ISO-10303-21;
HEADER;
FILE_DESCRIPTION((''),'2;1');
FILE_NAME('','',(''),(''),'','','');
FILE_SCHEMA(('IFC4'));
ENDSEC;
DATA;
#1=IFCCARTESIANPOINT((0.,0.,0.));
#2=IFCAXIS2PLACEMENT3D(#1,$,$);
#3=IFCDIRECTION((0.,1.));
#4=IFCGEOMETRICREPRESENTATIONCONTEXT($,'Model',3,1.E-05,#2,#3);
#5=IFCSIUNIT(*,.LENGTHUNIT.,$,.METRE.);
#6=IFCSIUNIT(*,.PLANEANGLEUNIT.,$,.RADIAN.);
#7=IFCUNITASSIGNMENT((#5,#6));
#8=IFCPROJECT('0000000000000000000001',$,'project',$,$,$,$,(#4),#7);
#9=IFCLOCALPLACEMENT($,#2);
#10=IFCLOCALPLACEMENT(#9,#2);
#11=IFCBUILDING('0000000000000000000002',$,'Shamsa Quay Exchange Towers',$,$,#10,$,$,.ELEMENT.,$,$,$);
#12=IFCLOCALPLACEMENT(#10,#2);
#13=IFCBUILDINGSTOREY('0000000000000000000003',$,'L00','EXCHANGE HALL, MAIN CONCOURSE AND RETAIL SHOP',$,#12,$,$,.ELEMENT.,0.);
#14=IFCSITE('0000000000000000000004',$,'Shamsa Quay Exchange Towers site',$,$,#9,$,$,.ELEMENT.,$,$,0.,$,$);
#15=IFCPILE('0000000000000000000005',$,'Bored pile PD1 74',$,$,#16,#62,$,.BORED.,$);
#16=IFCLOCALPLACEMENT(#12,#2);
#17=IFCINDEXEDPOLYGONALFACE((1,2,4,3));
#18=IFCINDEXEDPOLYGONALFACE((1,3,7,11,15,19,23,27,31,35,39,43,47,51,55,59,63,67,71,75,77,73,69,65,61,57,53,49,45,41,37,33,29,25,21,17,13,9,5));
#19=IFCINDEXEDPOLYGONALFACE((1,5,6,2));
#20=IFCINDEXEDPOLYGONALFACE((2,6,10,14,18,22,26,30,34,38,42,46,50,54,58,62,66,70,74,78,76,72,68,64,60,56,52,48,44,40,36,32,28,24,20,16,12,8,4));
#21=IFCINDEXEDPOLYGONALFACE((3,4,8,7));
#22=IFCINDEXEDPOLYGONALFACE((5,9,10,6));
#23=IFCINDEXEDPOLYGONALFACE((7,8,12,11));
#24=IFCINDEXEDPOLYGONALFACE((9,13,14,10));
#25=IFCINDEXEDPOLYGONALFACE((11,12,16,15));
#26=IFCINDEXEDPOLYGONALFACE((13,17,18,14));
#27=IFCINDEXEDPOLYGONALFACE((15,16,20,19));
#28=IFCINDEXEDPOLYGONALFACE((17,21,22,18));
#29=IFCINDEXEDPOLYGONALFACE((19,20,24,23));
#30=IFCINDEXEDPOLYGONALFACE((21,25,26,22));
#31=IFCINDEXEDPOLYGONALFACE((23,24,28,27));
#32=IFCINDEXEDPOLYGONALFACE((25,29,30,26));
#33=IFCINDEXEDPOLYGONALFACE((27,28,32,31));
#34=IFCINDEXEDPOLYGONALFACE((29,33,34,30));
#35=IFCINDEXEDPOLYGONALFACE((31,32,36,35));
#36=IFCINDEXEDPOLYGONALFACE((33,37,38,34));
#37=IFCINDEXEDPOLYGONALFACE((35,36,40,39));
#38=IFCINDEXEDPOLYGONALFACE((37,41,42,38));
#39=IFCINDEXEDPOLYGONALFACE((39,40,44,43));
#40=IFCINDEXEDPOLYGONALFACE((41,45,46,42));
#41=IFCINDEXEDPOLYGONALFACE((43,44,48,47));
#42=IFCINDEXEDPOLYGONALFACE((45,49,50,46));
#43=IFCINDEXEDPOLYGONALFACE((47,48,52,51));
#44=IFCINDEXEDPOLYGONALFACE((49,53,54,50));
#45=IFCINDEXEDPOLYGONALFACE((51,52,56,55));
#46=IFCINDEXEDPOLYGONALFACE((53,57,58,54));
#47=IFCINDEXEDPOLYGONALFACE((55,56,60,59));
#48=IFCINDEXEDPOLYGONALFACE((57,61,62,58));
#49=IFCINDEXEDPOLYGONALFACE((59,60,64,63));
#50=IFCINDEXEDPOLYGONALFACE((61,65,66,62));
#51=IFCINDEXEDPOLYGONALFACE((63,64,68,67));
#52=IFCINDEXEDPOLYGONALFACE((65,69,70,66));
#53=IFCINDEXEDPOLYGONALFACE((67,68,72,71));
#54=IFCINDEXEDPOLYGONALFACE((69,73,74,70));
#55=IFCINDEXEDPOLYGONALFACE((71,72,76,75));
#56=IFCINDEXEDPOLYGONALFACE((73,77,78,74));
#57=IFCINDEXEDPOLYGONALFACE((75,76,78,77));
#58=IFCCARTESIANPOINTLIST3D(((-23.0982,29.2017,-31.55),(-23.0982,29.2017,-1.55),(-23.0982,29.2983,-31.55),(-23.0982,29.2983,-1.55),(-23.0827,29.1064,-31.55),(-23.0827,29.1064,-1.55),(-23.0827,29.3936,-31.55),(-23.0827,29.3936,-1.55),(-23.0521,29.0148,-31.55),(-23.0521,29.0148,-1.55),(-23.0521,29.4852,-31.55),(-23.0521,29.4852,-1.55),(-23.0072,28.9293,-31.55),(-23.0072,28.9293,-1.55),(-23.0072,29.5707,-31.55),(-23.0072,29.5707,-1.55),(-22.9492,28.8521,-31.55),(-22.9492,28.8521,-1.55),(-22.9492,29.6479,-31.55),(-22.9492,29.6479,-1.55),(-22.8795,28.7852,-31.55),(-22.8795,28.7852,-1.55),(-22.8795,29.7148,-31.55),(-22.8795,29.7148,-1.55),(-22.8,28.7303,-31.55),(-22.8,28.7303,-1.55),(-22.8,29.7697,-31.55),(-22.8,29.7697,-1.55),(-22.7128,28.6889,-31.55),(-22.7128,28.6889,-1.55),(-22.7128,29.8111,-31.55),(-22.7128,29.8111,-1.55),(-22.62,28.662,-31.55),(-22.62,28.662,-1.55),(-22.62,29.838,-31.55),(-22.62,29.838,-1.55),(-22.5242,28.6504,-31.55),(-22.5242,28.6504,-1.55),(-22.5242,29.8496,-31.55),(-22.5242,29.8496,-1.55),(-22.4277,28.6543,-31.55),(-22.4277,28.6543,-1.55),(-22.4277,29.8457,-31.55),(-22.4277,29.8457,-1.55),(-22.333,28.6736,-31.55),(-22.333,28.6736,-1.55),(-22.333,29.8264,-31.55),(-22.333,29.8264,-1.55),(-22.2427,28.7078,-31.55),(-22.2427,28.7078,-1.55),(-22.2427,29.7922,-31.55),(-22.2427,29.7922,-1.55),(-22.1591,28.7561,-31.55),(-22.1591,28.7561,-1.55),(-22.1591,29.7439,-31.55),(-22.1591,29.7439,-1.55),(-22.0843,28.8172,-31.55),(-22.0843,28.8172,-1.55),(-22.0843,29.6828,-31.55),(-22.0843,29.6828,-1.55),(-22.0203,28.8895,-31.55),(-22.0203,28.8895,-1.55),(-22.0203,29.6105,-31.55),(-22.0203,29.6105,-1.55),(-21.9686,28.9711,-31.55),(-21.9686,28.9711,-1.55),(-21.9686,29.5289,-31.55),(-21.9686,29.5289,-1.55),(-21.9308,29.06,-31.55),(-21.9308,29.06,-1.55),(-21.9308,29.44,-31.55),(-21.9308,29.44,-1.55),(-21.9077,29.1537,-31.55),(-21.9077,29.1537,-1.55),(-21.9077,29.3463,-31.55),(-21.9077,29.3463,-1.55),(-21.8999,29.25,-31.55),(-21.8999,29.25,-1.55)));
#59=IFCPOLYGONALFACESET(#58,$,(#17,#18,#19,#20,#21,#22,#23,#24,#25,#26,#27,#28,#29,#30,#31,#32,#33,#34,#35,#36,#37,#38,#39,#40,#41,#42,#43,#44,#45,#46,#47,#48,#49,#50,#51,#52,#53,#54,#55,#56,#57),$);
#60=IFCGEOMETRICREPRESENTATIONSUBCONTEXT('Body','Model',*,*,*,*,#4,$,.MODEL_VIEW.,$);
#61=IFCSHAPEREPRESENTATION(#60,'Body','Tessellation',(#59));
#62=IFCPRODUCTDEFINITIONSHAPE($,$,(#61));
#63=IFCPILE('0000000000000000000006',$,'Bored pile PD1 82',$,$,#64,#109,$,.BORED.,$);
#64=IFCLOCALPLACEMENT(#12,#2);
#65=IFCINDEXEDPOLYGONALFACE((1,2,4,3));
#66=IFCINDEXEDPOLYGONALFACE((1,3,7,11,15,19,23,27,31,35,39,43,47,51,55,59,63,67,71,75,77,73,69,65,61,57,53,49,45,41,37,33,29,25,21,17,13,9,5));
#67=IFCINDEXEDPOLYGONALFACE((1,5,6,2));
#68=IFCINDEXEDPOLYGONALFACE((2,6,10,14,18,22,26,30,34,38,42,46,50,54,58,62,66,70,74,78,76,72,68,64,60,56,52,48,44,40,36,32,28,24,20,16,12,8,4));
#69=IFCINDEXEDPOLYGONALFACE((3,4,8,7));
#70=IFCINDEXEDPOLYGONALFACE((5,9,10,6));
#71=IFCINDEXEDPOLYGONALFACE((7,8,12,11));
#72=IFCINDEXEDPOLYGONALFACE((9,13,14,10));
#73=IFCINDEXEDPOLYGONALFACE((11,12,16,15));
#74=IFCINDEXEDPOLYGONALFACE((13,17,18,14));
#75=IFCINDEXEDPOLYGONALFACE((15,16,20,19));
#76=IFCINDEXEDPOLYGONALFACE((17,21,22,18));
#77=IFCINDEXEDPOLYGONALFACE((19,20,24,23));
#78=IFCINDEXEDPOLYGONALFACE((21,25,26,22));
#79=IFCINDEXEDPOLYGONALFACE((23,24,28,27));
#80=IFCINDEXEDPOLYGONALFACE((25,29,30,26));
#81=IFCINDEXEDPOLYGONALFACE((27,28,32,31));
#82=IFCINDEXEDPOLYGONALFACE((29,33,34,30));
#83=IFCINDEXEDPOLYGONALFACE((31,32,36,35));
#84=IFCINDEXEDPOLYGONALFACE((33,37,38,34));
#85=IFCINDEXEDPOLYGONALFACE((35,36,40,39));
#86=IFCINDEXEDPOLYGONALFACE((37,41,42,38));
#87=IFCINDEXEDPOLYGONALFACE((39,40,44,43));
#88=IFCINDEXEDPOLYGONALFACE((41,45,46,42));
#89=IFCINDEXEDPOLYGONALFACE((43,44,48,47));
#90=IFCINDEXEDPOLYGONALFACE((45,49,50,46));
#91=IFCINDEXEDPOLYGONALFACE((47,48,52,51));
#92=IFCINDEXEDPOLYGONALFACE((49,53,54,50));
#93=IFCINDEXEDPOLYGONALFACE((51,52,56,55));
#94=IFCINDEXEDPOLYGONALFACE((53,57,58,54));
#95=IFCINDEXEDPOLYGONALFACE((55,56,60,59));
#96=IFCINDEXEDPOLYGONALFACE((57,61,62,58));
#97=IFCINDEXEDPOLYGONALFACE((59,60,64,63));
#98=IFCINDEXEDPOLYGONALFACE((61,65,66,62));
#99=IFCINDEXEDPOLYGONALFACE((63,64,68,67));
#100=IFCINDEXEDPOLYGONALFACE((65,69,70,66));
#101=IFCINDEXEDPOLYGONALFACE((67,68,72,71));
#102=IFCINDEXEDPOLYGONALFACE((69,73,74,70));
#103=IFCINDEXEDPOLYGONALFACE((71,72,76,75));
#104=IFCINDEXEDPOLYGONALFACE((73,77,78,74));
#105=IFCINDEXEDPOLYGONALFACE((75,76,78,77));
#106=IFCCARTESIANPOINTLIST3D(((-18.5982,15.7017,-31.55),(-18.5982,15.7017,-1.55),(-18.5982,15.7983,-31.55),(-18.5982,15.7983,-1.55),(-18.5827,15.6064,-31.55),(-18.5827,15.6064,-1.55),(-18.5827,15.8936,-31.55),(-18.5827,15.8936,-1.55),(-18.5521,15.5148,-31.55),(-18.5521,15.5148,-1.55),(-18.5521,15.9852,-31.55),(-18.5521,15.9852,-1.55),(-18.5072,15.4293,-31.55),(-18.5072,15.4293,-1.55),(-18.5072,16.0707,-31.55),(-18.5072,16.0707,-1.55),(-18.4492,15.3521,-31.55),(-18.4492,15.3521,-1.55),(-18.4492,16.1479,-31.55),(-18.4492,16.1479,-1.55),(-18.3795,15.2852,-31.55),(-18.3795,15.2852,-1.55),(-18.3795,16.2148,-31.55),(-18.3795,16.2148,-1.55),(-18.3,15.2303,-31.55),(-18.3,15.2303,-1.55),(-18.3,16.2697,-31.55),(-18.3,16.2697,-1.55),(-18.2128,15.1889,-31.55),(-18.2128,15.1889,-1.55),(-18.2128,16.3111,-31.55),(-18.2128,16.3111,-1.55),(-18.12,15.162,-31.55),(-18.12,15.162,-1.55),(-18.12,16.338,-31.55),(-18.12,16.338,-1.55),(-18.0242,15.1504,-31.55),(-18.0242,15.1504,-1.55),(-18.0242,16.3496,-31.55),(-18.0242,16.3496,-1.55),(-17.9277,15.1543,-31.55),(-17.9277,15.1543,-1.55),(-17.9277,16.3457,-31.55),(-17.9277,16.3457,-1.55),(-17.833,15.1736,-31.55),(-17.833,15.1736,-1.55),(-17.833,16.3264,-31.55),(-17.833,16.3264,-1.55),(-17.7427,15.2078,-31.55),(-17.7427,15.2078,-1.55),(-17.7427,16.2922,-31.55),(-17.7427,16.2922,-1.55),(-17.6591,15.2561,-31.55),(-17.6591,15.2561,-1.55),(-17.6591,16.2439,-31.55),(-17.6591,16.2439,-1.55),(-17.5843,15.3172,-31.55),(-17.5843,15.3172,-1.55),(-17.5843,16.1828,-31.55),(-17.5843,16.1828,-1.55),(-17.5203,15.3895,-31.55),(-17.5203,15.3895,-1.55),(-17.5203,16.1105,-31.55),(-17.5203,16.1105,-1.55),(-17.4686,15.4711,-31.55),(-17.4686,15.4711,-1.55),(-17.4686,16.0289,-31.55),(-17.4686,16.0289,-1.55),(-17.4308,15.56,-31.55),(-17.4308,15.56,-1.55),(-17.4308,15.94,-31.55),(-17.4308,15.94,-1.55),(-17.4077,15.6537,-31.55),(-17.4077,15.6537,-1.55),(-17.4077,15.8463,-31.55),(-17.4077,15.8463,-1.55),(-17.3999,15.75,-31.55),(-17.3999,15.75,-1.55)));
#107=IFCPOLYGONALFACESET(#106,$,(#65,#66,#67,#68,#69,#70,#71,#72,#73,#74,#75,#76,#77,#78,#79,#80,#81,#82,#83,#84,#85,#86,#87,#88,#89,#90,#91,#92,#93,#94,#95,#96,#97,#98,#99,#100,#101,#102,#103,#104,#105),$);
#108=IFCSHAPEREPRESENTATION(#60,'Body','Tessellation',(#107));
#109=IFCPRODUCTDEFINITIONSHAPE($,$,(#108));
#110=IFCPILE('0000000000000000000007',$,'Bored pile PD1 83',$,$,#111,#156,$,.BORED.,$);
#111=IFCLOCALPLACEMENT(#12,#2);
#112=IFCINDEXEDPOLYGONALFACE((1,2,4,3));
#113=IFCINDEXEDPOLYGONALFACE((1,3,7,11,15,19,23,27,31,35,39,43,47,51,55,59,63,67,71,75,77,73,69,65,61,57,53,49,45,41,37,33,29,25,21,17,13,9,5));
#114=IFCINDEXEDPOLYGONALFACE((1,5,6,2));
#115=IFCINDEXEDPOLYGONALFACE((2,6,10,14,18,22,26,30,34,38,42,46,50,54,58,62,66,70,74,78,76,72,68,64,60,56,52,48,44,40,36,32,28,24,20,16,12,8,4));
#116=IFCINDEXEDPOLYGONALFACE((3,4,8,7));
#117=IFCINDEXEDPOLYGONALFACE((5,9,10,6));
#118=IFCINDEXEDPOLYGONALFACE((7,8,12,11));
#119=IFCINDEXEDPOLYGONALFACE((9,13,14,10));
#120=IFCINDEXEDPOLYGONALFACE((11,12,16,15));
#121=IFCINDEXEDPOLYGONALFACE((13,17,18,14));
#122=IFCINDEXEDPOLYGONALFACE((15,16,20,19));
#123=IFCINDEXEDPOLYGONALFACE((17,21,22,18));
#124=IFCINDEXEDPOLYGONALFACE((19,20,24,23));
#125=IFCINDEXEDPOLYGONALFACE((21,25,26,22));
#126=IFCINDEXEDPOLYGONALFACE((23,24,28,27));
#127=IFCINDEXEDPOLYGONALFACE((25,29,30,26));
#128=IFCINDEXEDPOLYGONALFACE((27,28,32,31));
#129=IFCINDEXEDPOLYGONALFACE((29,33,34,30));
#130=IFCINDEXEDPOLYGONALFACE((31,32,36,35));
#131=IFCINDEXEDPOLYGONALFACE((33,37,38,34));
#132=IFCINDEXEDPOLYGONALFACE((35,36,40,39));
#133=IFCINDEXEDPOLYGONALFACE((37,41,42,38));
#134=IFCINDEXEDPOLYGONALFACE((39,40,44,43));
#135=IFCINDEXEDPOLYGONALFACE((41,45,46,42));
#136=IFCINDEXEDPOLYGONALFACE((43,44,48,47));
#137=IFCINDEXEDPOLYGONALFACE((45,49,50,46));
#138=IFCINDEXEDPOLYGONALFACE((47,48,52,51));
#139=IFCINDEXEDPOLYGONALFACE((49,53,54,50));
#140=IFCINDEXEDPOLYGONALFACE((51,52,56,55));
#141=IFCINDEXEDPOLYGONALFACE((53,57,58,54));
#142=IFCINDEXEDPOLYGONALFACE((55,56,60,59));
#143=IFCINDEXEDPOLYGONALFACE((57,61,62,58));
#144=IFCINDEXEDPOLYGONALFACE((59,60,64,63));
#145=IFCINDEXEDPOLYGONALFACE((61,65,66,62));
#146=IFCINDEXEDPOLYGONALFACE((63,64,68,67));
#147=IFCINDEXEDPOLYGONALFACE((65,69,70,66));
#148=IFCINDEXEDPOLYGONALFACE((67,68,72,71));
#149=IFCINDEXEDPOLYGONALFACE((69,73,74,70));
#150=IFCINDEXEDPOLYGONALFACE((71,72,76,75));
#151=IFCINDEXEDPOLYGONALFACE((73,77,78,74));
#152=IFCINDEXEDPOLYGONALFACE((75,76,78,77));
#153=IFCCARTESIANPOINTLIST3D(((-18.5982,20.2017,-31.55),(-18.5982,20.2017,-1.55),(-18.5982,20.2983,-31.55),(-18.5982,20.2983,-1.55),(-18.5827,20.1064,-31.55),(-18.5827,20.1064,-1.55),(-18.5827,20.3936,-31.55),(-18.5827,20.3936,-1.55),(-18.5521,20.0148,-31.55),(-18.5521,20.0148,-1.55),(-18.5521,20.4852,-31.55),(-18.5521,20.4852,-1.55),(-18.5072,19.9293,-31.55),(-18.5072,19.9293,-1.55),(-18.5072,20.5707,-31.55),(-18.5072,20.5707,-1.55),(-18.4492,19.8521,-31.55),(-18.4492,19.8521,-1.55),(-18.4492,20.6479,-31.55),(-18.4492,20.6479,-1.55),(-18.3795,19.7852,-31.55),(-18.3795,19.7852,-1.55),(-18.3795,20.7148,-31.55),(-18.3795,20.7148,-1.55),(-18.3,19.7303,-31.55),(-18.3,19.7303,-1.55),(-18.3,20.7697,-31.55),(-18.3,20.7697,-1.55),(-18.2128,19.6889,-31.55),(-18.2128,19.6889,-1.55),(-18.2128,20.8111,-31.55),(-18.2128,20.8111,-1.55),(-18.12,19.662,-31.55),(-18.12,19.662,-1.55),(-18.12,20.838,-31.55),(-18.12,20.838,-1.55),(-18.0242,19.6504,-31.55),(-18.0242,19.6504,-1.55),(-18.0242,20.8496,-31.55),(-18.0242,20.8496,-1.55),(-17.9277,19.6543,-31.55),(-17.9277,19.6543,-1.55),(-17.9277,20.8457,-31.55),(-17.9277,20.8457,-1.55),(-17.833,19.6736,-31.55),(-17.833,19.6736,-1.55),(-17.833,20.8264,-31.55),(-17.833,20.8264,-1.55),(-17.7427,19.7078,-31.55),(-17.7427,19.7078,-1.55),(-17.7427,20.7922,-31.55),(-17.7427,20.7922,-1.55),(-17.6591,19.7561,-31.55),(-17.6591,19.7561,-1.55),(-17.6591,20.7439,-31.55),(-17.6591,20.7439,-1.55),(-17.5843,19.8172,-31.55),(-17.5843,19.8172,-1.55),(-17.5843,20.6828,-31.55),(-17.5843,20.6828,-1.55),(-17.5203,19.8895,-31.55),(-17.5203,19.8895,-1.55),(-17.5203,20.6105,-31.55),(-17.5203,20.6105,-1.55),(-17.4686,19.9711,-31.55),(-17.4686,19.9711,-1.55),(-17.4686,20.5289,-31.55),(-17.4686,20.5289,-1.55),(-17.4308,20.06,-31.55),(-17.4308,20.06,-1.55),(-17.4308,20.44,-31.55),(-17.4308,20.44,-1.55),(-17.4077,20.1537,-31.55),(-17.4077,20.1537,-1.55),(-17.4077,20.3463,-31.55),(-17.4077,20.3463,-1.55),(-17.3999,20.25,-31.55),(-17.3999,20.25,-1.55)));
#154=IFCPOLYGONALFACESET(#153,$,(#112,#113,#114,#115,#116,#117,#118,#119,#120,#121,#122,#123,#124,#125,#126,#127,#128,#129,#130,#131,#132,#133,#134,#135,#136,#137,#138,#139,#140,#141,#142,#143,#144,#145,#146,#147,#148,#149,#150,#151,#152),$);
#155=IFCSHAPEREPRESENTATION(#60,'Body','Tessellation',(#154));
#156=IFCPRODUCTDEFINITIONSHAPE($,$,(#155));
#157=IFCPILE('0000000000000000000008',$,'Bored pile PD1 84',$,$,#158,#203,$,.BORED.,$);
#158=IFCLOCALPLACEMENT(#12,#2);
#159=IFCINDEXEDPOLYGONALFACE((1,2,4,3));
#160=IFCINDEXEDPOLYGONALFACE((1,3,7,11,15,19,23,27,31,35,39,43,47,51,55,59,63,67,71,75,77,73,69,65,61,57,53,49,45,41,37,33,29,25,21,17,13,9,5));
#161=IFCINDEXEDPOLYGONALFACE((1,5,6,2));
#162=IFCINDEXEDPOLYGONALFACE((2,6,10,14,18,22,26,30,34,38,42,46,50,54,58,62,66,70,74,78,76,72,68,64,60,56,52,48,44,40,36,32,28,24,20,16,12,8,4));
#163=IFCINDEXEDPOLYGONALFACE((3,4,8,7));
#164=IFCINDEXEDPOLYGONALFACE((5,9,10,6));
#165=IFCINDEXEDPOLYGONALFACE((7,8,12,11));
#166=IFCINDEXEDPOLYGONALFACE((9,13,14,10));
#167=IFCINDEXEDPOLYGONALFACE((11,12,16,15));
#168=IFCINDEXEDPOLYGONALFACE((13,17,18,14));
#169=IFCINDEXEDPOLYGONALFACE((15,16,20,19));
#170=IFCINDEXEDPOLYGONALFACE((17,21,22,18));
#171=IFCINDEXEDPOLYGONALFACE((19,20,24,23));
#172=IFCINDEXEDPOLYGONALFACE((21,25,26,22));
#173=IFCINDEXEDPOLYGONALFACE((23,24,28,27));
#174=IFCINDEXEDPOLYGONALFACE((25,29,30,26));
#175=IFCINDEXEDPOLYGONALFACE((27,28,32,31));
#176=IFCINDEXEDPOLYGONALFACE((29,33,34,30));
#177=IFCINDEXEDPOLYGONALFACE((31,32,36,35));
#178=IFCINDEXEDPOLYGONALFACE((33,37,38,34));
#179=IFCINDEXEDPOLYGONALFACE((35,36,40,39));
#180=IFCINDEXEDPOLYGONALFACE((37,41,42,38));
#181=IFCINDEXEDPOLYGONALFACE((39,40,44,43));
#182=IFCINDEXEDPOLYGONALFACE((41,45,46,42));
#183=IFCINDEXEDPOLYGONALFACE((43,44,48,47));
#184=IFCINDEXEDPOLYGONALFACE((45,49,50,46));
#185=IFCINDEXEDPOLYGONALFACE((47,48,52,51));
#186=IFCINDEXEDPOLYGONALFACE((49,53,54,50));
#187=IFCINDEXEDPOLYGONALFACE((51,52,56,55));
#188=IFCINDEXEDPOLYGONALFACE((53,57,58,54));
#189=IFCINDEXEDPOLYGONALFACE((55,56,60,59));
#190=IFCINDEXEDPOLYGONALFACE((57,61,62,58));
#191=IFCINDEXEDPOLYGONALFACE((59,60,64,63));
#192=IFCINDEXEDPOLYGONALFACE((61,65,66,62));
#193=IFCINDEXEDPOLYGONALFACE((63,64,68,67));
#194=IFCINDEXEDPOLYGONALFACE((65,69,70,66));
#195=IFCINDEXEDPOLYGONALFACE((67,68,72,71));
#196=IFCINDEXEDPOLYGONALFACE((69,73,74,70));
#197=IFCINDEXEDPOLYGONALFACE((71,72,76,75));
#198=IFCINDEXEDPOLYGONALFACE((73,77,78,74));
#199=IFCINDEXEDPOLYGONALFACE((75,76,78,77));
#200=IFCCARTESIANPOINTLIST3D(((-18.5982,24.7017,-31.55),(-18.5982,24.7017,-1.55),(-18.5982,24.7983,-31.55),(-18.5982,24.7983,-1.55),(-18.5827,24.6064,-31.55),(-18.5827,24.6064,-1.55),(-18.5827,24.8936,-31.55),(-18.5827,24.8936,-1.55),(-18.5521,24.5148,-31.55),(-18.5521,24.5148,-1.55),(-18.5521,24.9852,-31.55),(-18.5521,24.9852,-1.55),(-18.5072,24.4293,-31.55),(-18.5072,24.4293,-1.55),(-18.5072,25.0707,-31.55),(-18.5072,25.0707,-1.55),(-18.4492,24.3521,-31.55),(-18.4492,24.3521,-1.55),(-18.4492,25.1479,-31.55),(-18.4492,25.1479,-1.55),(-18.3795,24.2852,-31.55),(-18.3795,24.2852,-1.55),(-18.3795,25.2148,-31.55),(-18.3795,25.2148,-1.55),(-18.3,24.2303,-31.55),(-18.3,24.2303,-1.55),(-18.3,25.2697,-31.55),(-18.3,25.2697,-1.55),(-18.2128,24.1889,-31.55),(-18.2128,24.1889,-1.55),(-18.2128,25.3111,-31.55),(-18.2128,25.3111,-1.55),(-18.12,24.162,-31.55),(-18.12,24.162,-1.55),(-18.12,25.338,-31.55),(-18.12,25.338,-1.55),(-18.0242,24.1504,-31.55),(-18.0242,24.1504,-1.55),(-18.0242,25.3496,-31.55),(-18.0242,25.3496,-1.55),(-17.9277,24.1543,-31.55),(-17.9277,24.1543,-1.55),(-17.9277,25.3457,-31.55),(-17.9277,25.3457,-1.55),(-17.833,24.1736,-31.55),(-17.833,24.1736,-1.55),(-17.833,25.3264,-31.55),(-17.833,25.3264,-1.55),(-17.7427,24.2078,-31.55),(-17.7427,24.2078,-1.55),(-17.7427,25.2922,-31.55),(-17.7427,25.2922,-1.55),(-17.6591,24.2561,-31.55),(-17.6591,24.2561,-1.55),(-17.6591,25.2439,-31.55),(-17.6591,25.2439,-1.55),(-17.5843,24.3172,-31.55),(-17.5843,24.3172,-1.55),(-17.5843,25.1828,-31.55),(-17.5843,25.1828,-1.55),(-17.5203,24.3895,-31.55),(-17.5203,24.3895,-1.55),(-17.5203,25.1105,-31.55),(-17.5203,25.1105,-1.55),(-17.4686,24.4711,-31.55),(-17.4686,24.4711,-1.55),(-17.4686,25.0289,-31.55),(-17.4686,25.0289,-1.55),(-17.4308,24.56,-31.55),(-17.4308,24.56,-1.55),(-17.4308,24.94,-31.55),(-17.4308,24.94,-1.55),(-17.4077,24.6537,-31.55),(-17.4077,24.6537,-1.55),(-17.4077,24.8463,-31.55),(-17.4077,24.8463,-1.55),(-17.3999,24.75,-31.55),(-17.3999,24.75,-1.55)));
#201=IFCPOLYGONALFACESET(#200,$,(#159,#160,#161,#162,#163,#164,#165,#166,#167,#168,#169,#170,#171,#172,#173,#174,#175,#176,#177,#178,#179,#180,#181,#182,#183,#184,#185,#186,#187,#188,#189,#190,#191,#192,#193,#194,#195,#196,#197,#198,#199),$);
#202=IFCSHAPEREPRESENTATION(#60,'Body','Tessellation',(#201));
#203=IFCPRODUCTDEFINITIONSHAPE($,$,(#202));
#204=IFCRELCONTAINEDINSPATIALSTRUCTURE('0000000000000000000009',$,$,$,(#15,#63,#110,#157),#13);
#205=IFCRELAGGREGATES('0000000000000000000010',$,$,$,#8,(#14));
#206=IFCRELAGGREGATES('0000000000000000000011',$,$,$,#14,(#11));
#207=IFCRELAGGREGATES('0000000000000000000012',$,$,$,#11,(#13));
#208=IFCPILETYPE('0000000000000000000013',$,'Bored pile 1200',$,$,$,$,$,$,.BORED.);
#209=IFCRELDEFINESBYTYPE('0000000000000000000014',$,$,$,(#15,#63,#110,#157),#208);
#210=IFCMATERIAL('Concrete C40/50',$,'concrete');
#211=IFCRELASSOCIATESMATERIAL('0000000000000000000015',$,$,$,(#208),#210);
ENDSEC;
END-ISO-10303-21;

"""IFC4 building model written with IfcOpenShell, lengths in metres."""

from ifc_helpers import new_model, si_unit, direction, frame, origin, origin_2d, place, context, subcontext, project, spatial, circle, extrude, material, material_profile, profile_set, type_object, element, save


model = new_model("IFC4")

# Units and contexts
model_context = context("Model", 3, precision=1e-05, world=origin(), true_north=direction((0.0, 1.0)))
body_context = subcontext(model_context, "Body", "Model", "MODEL_VIEW")
ifc_project = project(units=[si_unit("LENGTHUNIT", "METRE"), si_unit("PLANEANGLEUNIT", "RADIAN")], contexts=[model_context])

# Site, building, storey
site_placement = place(None, origin())
site = spatial("IfcSite", under=ifc_project, at=site_placement, Name="Shamsa Quay Exchange Towers site", CompositionType="ELEMENT", RefElevation=0.0)
building_placement = place(site_placement, origin())
building = spatial("IfcBuilding", under=site, at=building_placement, Name="Shamsa Quay Exchange Towers", CompositionType="ELEMENT")
storey_placement = place(building_placement, origin())
storey = spatial("IfcBuildingStorey", under=building, at=storey_placement, Name="L00", Description="EXCHANGE HALL, MAIN CONCOURSE AND RETAIL SHOP", CompositionType="ELEMENT", Elevation=0.0)

# Piles
ifc_material_1 = material(Name="Concrete C40/50", Category="concrete")
ifc_material_profile_1 = material_profile(ifc_material_1, circle(Radius=0.6001, at=origin_2d()), Name="BP1200")
ifc_profile_set_1 = profile_set([ifc_material_profile_1], Name="Concrete C40/50")
pile_type_1 = type_object("IfcPileType", Name="Bored pile 1200", PredefinedType="BORED", material=ifc_profile_set_1)
for number, where, z_axis, x_axis, name in (
    (1, (-22.5, 29.25, -1.55), (0.0, 0.0, -1.0), (1.0, 0.0, 0.0), "Bored pile PD1 74"),
    (2, (-18.0, 15.75, -1.55), (0.0, 0.0, -1.0), (1.0, 0.0, 0.0), "Bored pile PD1 82"),
    (3, (-18.0, 20.25, -1.55), (0.0, 0.0, -1.0), (1.0, 0.0, 0.0), "Bored pile PD1 83"),
    (4, (-18.0, 24.75, -1.55), (0.0, 0.0, -1.0), (1.0, 0.0, 0.0), "Bored pile PD1 84"),
):
    element("IfcPile", number, at=place(storey_placement, frame(where, z_axis=z_axis, x_axis=x_axis)), inside=storey, type_object=pile_type_1, Name=name, PredefinedType="BORED", context=body_context, shape_type="SweptSolid", body=[
        extrude(circle(Radius=0.6001, at=origin_2d()), origin(), (0.0, 0.0, 1.0), 30.0),
    ])

save(model, "model.ifc")
